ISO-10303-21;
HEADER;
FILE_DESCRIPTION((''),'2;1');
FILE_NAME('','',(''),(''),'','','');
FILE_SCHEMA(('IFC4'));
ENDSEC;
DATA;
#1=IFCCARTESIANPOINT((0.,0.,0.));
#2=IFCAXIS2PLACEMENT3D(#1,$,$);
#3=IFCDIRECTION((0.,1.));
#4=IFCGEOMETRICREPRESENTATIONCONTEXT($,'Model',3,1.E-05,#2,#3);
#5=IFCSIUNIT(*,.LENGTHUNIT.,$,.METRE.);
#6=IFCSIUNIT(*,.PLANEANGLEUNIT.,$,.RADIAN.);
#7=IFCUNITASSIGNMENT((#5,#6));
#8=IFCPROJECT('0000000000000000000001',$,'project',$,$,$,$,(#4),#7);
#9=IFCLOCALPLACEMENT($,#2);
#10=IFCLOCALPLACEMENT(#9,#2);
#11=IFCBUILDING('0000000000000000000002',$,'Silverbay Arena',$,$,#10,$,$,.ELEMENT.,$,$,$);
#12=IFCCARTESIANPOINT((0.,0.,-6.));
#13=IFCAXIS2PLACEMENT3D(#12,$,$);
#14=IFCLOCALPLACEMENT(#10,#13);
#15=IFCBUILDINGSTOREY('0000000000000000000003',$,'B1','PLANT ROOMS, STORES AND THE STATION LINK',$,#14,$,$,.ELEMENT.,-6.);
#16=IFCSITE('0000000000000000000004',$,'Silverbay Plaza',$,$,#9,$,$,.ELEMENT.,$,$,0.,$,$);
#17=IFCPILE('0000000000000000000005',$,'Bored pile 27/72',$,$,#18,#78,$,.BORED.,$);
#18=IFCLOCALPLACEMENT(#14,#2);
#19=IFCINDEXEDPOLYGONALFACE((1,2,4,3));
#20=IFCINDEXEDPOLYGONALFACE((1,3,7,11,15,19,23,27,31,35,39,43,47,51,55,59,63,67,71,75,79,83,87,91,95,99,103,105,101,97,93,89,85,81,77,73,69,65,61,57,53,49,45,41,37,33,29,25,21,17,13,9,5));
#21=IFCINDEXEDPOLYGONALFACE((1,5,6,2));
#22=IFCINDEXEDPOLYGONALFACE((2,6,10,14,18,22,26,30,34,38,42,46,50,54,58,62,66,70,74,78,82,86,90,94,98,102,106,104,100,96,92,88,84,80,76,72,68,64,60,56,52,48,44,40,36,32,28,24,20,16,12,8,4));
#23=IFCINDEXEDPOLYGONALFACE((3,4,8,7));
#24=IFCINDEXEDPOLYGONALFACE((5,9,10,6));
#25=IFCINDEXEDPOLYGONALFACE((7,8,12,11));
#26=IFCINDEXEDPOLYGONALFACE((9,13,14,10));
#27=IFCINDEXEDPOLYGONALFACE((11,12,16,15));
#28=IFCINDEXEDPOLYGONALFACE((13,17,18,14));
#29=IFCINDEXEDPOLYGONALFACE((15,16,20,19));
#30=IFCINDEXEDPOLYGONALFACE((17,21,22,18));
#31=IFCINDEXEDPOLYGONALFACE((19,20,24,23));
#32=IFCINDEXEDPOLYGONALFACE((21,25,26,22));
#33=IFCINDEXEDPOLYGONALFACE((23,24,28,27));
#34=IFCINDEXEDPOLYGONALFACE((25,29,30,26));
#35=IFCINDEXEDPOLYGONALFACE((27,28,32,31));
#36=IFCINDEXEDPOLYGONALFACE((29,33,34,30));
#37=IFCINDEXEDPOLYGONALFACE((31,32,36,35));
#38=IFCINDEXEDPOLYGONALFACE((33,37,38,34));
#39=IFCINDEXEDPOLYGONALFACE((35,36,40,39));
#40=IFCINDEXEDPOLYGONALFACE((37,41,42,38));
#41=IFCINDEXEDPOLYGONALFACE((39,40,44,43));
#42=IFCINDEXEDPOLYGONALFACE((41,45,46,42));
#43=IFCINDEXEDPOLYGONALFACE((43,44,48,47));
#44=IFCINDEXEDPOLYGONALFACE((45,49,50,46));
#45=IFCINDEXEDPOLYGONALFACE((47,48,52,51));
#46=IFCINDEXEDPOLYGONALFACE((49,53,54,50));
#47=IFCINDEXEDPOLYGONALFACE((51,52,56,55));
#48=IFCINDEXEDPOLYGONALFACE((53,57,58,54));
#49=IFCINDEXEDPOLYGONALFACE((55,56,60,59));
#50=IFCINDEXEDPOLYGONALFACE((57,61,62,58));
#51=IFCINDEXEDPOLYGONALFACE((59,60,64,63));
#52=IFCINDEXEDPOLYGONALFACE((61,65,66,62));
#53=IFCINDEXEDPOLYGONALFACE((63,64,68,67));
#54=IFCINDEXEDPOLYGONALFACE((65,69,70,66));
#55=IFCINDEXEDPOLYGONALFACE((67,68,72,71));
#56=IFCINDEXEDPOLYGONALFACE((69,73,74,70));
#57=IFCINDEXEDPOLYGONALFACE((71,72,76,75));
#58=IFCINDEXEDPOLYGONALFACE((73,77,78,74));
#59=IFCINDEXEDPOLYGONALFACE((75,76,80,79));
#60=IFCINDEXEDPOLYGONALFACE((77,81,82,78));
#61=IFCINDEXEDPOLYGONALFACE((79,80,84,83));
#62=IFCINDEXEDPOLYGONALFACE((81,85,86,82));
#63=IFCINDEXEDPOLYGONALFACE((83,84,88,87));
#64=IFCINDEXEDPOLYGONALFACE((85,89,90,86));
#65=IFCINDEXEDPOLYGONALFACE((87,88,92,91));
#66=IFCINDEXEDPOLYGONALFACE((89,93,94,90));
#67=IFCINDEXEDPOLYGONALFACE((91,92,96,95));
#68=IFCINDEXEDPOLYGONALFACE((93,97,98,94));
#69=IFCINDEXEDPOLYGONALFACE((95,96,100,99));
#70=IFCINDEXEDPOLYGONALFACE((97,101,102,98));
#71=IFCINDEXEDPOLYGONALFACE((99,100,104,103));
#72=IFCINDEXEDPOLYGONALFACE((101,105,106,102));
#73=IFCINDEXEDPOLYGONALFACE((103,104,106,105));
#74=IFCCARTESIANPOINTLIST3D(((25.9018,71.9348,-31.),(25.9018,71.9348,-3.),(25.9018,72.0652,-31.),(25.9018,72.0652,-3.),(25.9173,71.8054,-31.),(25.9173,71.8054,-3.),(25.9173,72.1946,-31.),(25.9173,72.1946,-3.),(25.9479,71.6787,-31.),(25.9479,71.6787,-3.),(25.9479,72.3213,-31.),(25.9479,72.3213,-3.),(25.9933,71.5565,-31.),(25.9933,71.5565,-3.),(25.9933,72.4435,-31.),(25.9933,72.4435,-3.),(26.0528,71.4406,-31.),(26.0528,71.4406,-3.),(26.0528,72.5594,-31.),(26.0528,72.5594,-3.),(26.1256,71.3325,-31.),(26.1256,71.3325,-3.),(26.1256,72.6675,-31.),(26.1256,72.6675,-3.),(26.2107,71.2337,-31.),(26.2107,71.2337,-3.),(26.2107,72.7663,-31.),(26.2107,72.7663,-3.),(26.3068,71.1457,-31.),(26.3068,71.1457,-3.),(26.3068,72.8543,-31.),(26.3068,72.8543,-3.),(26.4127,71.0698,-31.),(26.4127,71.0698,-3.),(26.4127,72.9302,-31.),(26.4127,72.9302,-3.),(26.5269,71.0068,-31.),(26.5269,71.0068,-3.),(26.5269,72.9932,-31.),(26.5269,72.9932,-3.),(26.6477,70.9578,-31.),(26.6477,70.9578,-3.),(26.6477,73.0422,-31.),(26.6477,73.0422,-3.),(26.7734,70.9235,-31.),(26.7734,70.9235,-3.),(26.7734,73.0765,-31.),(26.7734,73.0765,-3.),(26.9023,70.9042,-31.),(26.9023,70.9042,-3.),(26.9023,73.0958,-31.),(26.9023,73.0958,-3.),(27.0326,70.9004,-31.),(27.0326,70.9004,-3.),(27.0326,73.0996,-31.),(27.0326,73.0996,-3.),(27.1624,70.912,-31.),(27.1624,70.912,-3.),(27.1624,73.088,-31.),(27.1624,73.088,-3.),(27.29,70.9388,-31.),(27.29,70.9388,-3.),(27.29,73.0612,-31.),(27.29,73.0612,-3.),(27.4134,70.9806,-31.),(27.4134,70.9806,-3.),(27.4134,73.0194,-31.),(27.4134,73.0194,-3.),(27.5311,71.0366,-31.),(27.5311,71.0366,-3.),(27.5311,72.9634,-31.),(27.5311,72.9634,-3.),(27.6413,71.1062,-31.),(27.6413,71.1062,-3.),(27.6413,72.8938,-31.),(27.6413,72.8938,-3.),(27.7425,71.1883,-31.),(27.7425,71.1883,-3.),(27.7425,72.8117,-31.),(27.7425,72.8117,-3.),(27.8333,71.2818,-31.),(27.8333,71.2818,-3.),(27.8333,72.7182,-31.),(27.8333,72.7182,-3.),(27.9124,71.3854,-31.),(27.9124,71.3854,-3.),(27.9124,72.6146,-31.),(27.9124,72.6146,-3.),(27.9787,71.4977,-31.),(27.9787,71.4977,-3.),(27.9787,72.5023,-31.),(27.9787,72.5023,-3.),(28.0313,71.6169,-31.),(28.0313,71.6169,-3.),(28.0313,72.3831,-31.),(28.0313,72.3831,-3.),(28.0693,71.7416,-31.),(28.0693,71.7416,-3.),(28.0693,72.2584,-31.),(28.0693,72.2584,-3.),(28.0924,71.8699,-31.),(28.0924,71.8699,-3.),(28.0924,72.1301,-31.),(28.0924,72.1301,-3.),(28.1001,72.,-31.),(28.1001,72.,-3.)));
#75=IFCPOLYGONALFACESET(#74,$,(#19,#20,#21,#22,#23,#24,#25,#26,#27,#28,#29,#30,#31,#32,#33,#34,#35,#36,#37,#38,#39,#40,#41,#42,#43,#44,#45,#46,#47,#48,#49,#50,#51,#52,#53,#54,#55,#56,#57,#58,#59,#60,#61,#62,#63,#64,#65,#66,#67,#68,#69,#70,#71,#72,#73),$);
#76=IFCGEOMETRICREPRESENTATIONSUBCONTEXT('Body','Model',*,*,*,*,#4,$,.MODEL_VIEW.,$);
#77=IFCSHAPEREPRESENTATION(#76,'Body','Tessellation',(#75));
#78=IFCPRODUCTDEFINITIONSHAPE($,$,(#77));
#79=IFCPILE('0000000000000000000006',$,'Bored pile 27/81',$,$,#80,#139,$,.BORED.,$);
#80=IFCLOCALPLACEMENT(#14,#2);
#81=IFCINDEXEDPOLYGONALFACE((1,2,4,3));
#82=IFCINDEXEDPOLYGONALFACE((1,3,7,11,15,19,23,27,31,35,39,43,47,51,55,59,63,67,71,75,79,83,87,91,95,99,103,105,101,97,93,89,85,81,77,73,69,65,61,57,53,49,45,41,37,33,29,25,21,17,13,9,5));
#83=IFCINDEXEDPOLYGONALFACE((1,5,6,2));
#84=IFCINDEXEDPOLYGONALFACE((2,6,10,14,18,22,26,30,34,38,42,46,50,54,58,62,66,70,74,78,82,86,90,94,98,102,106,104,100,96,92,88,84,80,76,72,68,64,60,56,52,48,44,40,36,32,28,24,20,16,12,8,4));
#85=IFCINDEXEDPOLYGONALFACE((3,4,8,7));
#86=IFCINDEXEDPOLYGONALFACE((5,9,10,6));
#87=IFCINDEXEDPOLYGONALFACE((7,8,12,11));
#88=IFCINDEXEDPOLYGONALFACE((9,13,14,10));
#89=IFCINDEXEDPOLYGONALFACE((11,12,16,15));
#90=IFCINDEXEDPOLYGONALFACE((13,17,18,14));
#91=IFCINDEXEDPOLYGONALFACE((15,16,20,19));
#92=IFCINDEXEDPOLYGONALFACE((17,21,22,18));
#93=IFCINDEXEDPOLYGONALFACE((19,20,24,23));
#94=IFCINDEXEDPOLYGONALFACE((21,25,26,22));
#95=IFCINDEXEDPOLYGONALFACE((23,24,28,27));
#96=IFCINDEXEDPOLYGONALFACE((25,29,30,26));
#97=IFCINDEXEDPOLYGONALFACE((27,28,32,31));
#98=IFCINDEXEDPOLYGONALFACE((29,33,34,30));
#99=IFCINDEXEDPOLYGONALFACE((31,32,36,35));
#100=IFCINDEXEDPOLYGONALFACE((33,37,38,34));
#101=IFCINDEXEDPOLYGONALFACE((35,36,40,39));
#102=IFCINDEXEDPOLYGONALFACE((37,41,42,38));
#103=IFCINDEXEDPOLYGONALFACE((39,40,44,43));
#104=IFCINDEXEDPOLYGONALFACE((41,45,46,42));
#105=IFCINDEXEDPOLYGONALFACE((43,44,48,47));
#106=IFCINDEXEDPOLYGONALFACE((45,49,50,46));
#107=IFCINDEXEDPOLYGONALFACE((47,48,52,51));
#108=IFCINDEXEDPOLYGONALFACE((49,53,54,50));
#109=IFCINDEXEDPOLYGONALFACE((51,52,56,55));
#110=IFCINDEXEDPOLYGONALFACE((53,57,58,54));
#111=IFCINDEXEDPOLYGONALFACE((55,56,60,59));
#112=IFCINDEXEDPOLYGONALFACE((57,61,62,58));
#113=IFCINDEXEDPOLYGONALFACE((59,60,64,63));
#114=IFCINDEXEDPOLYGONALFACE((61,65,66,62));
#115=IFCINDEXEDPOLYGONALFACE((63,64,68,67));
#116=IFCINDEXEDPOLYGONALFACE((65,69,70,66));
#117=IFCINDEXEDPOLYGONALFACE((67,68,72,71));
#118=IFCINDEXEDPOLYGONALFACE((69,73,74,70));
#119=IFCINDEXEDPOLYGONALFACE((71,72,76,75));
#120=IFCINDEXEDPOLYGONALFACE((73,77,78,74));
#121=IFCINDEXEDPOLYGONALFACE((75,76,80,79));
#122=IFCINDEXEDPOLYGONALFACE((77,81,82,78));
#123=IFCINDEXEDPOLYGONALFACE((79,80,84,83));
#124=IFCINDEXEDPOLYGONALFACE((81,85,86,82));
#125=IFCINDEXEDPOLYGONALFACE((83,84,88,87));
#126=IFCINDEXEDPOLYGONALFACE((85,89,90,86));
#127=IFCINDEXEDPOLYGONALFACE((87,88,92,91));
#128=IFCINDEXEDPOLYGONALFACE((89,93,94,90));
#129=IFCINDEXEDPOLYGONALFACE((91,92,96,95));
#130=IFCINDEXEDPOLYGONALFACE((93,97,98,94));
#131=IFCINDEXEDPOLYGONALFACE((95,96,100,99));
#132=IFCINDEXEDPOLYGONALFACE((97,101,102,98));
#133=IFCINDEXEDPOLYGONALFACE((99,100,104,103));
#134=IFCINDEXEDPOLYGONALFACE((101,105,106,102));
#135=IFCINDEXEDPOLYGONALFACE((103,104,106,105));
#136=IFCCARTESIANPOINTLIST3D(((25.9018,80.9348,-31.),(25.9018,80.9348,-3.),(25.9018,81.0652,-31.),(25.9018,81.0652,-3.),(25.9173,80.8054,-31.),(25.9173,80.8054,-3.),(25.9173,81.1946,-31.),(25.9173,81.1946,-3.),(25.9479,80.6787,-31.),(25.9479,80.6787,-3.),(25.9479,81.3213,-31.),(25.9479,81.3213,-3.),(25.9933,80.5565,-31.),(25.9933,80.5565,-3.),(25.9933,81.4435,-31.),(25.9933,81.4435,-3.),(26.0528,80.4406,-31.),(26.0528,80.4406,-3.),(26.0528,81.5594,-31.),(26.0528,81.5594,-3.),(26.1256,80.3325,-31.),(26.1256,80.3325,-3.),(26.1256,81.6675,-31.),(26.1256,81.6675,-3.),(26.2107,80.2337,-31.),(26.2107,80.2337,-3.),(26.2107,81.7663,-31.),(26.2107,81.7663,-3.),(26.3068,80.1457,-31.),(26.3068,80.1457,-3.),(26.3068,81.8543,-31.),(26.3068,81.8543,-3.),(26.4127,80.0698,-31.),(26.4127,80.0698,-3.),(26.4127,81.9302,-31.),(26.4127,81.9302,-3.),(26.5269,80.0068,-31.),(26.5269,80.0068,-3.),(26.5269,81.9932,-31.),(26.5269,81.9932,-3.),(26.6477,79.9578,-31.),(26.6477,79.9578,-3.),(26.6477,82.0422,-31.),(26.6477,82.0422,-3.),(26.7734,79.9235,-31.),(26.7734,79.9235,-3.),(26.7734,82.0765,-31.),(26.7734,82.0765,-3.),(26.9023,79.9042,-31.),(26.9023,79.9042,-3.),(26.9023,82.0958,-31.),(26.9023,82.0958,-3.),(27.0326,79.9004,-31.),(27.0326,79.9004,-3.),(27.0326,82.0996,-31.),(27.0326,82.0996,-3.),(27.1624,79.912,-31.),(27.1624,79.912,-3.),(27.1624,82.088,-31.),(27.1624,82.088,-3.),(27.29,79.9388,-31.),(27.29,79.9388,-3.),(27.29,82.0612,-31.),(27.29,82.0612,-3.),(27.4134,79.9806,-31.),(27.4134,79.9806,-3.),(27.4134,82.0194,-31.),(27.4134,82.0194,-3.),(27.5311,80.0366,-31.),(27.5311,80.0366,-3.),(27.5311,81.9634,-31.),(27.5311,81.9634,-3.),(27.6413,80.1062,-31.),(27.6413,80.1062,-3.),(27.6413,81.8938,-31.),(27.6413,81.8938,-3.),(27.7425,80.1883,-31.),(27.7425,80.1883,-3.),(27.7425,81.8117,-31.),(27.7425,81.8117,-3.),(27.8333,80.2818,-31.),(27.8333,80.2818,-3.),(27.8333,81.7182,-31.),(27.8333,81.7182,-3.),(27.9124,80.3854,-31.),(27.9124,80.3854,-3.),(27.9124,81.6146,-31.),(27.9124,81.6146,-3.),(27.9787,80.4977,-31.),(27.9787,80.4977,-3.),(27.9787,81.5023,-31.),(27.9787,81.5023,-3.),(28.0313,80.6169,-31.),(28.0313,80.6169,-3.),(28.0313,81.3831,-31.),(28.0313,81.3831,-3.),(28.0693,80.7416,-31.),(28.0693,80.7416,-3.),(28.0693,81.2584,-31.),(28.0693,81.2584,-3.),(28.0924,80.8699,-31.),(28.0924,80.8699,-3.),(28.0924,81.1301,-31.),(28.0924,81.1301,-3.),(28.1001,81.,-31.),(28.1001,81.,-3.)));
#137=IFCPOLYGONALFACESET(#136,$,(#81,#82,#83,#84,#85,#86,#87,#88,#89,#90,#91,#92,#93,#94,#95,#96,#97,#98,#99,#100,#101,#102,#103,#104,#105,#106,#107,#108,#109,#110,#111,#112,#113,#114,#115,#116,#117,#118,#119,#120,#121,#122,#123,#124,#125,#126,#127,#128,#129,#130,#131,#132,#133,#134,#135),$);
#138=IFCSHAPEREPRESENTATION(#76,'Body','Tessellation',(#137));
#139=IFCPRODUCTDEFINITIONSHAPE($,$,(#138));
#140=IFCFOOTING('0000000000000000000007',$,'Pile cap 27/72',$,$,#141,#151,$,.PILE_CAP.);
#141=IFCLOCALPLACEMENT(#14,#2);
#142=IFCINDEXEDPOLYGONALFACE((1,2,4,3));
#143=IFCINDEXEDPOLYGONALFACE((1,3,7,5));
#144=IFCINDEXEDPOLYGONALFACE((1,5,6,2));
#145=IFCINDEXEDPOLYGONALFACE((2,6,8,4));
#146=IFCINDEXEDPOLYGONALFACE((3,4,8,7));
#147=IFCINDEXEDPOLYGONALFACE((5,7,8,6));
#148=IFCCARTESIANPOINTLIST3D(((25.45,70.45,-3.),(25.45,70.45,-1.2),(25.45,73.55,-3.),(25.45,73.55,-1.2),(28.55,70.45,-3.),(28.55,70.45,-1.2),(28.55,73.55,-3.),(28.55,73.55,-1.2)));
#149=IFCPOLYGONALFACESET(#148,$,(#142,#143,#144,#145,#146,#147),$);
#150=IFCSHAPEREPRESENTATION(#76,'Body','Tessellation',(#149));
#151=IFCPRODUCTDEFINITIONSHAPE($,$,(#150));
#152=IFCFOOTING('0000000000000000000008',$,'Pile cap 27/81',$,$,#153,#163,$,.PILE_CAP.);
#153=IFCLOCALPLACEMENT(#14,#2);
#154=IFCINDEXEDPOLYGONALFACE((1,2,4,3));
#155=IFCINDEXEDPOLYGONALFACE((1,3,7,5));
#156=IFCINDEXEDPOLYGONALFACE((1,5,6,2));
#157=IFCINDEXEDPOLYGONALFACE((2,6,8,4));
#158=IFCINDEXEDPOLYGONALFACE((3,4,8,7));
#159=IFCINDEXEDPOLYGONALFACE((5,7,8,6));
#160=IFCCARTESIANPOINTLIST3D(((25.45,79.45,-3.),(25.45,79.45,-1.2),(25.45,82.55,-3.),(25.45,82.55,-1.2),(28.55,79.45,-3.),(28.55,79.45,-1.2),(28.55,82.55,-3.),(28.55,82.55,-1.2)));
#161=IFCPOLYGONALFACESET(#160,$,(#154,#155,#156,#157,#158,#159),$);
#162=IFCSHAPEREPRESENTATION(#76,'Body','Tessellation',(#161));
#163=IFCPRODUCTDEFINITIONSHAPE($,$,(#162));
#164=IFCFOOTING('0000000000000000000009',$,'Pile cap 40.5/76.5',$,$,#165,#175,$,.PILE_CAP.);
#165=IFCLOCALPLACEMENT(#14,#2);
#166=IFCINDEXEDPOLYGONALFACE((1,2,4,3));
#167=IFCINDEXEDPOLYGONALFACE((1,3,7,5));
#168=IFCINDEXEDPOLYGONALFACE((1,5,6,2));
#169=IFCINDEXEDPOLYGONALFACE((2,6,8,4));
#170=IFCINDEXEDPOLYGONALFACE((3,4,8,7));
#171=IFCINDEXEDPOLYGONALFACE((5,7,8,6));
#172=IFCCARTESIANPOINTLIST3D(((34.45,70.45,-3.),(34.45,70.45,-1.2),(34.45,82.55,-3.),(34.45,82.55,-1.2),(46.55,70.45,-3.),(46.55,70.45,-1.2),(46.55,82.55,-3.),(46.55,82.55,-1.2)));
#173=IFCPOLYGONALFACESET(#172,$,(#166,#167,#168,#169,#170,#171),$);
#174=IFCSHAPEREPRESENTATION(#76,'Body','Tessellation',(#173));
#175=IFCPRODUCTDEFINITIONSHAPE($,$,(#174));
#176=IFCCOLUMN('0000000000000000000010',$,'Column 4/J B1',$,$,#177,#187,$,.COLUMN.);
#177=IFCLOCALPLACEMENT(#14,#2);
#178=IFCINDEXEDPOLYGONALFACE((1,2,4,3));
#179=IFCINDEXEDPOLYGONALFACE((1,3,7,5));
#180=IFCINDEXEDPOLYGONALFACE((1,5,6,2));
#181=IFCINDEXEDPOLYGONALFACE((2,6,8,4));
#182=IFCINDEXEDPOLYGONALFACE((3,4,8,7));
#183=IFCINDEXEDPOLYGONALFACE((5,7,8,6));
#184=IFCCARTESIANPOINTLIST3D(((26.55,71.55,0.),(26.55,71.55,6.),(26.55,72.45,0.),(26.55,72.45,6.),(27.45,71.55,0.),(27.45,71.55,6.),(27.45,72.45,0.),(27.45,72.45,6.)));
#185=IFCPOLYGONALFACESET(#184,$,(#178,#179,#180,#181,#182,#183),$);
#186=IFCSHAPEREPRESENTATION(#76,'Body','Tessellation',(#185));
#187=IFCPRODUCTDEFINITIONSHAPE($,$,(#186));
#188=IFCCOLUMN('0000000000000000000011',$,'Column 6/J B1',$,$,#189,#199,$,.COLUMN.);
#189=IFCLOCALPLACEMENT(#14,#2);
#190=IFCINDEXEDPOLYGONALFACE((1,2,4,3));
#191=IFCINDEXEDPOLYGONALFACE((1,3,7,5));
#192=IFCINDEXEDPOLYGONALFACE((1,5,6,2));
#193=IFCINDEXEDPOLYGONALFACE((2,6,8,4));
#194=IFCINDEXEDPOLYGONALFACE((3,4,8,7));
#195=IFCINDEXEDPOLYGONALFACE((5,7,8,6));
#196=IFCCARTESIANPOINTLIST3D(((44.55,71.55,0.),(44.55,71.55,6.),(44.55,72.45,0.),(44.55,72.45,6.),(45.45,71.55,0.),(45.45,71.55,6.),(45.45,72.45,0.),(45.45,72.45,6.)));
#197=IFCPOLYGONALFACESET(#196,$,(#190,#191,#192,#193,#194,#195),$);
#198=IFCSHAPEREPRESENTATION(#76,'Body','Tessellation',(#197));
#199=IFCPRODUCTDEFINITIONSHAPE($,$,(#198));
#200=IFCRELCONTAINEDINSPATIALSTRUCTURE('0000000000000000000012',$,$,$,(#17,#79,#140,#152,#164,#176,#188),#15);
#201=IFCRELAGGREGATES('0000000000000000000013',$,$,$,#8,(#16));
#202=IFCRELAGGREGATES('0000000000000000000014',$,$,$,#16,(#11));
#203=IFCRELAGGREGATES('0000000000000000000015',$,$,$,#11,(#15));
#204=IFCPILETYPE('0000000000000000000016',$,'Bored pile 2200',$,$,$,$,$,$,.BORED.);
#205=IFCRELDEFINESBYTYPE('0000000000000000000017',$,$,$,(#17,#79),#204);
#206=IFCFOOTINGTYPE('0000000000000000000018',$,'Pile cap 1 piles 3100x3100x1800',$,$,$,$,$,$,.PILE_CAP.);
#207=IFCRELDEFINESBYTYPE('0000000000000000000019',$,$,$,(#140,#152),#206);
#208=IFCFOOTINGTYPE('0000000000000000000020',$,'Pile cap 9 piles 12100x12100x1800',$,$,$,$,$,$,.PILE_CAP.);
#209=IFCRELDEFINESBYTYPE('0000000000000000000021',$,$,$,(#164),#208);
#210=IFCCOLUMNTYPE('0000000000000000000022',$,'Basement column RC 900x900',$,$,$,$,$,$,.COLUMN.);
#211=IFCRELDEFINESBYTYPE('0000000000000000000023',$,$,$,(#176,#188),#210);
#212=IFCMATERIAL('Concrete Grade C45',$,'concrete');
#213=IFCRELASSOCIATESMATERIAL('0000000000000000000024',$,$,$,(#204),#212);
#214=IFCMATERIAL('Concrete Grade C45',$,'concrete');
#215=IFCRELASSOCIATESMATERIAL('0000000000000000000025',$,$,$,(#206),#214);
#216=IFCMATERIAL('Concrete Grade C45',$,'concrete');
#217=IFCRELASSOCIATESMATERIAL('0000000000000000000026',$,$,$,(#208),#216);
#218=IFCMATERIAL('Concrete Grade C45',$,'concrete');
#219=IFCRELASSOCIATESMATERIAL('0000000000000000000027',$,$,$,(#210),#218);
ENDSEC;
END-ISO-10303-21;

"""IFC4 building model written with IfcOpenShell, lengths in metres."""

from ifc_helpers import new_model, si_unit, direction, frame, origin, origin_2d, place, context, subcontext, project, spatial, rectangle, circle, extrude, material, material_profile, profile_set, type_object, element, save


model = new_model("IFC4")

# Units and contexts
model_context = context("Model", 3, precision=1e-05, world=origin(), true_north=direction((0.0, 1.0)))
body_context = subcontext(model_context, "Body", "Model", "MODEL_VIEW")
ifc_project = project(units=[si_unit("LENGTHUNIT", "METRE"), si_unit("PLANEANGLEUNIT", "RADIAN")], contexts=[model_context])

# Site, building, storey
site_placement = place(None, origin())
site = spatial("IfcSite", under=ifc_project, at=site_placement, Name="Silverbay Plaza", CompositionType="ELEMENT", RefElevation=0.0)
building_placement = place(site_placement, origin())
building = spatial("IfcBuilding", under=site, at=building_placement, Name="Silverbay Arena", CompositionType="ELEMENT")
storey_placement = place(building_placement, frame((0.0, 0.0, -6.0)))
storey = spatial("IfcBuildingStorey", under=building, at=storey_placement, Name="B1", Description="PLANT ROOMS, STORES AND THE STATION LINK", CompositionType="ELEMENT", Elevation=-6.0)

# Piles
ifc_material_1 = material(Name="Concrete Grade C45", Category="concrete")
ifc_material_profile_1 = material_profile(ifc_material_1, circle(Radius=1.1001, at=origin_2d()), Name="Bored pile 2200")
ifc_profile_set_1 = profile_set([ifc_material_profile_1], Name="Concrete Grade C45")
pile_type_1 = type_object("IfcPileType", Name="Bored pile 2200", PredefinedType="BORED", material=ifc_profile_set_1)
for number, where, z_axis, x_axis, name in (
    (1, (27.0, 72.0, -3.0), (0.0, 0.0, -1.0), (1.0, 0.0, 0.0), "Bored pile 27/72"),
    (2, (27.0, 81.0, -3.0), (0.0, 0.0, -1.0), (1.0, 0.0, 0.0), "Bored pile 27/81"),
):
    element("IfcPile", number, at=place(storey_placement, frame(where, z_axis=z_axis, x_axis=x_axis)), inside=storey, type_object=pile_type_1, Name=name, PredefinedType="BORED", context=body_context, shape_type="SweptSolid", body=[
        extrude(circle(Radius=1.1001, at=origin_2d()), origin(), (0.0, 0.0, 1.0), 28.0),
    ])

# Footings
ifc_material_2 = material(Name="Concrete Grade C45", Category="concrete")
footing_type_1 = type_object("IfcFootingType", Name="Pile cap 1 piles 3100x3100x1800", PredefinedType="PILE_CAP", material=ifc_material_2)
for number, where, z_axis, x_axis, name in (
    (3, (27.0, 72.0, -3.0), (0.0, 0.0, 1.0), (1.0, 0.0, 0.0), "Pile cap 27/72"),
    (4, (27.0, 81.0, -3.0), (0.0, 0.0, 1.0), (1.0, 0.0, 0.0), "Pile cap 27/81"),
):
    element("IfcFooting", number, at=place(storey_placement, frame(where, z_axis=z_axis, x_axis=x_axis)), inside=storey, type_object=footing_type_1, Name=name, PredefinedType="PILE_CAP", context=body_context, shape_type="SweptSolid", body=[
        extrude(rectangle(XDim=3.1001, YDim=3.1001, at=origin_2d()), origin(), (0.0, 0.0, 1.0), 1.8),
    ])
ifc_material_3 = material(Name="Concrete Grade C45", Category="concrete")
footing_type_2 = type_object("IfcFootingType", Name="Pile cap 9 piles 12100x12100x1800", PredefinedType="PILE_CAP", material=ifc_material_3)
footing_placement = place(storey_placement, frame((40.5, 76.5, -3.0), z_axis=(0.0, 0.0, 1.0), x_axis=(1.0, 0.0, 0.0)))
element("IfcFooting", 5, at=footing_placement, inside=storey, type_object=footing_type_2, Name="Pile cap 40.5/76.5", PredefinedType="PILE_CAP", context=body_context, shape_type="SweptSolid", body=[
    extrude(rectangle(XDim=12.1001, YDim=12.1001, at=origin_2d()), origin(), (0.0, 0.0, 1.0), 1.8),
])

# Columns
ifc_material_4 = material(Name="Concrete Grade C45", Category="concrete")
ifc_material_profile_2 = material_profile(ifc_material_4, rectangle(XDim=0.8999, YDim=0.8999, at=origin_2d()), Name="RC 900x900")
ifc_profile_set_2 = profile_set([ifc_material_profile_2], Name="Concrete Grade C45")
column_type = type_object("IfcColumnType", Name="Basement column RC 900x900", PredefinedType="COLUMN", material=ifc_profile_set_2)
for number, where, z_axis, x_axis, name in (
    (6, (27.0, 72.0, 0.0), (0.0, 0.0, 1.0), (1.0, 0.0, 0.0), "Column 4/J B1"),
    (7, (45.0, 72.0, 0.0), (0.0, 0.0, 1.0), (1.0, 0.0, 0.0), "Column 6/J B1"),
):
    element("IfcColumn", number, at=place(storey_placement, frame(where, z_axis=z_axis, x_axis=x_axis)), inside=storey, type_object=column_type, Name=name, PredefinedType="COLUMN", context=body_context, shape_type="SweptSolid", body=[
        extrude(rectangle(XDim=0.8999, YDim=0.8999, at=origin_2d()), origin(), (0.0, 0.0, 1.0), 6.0),
    ])

save(model, "model.ifc")
